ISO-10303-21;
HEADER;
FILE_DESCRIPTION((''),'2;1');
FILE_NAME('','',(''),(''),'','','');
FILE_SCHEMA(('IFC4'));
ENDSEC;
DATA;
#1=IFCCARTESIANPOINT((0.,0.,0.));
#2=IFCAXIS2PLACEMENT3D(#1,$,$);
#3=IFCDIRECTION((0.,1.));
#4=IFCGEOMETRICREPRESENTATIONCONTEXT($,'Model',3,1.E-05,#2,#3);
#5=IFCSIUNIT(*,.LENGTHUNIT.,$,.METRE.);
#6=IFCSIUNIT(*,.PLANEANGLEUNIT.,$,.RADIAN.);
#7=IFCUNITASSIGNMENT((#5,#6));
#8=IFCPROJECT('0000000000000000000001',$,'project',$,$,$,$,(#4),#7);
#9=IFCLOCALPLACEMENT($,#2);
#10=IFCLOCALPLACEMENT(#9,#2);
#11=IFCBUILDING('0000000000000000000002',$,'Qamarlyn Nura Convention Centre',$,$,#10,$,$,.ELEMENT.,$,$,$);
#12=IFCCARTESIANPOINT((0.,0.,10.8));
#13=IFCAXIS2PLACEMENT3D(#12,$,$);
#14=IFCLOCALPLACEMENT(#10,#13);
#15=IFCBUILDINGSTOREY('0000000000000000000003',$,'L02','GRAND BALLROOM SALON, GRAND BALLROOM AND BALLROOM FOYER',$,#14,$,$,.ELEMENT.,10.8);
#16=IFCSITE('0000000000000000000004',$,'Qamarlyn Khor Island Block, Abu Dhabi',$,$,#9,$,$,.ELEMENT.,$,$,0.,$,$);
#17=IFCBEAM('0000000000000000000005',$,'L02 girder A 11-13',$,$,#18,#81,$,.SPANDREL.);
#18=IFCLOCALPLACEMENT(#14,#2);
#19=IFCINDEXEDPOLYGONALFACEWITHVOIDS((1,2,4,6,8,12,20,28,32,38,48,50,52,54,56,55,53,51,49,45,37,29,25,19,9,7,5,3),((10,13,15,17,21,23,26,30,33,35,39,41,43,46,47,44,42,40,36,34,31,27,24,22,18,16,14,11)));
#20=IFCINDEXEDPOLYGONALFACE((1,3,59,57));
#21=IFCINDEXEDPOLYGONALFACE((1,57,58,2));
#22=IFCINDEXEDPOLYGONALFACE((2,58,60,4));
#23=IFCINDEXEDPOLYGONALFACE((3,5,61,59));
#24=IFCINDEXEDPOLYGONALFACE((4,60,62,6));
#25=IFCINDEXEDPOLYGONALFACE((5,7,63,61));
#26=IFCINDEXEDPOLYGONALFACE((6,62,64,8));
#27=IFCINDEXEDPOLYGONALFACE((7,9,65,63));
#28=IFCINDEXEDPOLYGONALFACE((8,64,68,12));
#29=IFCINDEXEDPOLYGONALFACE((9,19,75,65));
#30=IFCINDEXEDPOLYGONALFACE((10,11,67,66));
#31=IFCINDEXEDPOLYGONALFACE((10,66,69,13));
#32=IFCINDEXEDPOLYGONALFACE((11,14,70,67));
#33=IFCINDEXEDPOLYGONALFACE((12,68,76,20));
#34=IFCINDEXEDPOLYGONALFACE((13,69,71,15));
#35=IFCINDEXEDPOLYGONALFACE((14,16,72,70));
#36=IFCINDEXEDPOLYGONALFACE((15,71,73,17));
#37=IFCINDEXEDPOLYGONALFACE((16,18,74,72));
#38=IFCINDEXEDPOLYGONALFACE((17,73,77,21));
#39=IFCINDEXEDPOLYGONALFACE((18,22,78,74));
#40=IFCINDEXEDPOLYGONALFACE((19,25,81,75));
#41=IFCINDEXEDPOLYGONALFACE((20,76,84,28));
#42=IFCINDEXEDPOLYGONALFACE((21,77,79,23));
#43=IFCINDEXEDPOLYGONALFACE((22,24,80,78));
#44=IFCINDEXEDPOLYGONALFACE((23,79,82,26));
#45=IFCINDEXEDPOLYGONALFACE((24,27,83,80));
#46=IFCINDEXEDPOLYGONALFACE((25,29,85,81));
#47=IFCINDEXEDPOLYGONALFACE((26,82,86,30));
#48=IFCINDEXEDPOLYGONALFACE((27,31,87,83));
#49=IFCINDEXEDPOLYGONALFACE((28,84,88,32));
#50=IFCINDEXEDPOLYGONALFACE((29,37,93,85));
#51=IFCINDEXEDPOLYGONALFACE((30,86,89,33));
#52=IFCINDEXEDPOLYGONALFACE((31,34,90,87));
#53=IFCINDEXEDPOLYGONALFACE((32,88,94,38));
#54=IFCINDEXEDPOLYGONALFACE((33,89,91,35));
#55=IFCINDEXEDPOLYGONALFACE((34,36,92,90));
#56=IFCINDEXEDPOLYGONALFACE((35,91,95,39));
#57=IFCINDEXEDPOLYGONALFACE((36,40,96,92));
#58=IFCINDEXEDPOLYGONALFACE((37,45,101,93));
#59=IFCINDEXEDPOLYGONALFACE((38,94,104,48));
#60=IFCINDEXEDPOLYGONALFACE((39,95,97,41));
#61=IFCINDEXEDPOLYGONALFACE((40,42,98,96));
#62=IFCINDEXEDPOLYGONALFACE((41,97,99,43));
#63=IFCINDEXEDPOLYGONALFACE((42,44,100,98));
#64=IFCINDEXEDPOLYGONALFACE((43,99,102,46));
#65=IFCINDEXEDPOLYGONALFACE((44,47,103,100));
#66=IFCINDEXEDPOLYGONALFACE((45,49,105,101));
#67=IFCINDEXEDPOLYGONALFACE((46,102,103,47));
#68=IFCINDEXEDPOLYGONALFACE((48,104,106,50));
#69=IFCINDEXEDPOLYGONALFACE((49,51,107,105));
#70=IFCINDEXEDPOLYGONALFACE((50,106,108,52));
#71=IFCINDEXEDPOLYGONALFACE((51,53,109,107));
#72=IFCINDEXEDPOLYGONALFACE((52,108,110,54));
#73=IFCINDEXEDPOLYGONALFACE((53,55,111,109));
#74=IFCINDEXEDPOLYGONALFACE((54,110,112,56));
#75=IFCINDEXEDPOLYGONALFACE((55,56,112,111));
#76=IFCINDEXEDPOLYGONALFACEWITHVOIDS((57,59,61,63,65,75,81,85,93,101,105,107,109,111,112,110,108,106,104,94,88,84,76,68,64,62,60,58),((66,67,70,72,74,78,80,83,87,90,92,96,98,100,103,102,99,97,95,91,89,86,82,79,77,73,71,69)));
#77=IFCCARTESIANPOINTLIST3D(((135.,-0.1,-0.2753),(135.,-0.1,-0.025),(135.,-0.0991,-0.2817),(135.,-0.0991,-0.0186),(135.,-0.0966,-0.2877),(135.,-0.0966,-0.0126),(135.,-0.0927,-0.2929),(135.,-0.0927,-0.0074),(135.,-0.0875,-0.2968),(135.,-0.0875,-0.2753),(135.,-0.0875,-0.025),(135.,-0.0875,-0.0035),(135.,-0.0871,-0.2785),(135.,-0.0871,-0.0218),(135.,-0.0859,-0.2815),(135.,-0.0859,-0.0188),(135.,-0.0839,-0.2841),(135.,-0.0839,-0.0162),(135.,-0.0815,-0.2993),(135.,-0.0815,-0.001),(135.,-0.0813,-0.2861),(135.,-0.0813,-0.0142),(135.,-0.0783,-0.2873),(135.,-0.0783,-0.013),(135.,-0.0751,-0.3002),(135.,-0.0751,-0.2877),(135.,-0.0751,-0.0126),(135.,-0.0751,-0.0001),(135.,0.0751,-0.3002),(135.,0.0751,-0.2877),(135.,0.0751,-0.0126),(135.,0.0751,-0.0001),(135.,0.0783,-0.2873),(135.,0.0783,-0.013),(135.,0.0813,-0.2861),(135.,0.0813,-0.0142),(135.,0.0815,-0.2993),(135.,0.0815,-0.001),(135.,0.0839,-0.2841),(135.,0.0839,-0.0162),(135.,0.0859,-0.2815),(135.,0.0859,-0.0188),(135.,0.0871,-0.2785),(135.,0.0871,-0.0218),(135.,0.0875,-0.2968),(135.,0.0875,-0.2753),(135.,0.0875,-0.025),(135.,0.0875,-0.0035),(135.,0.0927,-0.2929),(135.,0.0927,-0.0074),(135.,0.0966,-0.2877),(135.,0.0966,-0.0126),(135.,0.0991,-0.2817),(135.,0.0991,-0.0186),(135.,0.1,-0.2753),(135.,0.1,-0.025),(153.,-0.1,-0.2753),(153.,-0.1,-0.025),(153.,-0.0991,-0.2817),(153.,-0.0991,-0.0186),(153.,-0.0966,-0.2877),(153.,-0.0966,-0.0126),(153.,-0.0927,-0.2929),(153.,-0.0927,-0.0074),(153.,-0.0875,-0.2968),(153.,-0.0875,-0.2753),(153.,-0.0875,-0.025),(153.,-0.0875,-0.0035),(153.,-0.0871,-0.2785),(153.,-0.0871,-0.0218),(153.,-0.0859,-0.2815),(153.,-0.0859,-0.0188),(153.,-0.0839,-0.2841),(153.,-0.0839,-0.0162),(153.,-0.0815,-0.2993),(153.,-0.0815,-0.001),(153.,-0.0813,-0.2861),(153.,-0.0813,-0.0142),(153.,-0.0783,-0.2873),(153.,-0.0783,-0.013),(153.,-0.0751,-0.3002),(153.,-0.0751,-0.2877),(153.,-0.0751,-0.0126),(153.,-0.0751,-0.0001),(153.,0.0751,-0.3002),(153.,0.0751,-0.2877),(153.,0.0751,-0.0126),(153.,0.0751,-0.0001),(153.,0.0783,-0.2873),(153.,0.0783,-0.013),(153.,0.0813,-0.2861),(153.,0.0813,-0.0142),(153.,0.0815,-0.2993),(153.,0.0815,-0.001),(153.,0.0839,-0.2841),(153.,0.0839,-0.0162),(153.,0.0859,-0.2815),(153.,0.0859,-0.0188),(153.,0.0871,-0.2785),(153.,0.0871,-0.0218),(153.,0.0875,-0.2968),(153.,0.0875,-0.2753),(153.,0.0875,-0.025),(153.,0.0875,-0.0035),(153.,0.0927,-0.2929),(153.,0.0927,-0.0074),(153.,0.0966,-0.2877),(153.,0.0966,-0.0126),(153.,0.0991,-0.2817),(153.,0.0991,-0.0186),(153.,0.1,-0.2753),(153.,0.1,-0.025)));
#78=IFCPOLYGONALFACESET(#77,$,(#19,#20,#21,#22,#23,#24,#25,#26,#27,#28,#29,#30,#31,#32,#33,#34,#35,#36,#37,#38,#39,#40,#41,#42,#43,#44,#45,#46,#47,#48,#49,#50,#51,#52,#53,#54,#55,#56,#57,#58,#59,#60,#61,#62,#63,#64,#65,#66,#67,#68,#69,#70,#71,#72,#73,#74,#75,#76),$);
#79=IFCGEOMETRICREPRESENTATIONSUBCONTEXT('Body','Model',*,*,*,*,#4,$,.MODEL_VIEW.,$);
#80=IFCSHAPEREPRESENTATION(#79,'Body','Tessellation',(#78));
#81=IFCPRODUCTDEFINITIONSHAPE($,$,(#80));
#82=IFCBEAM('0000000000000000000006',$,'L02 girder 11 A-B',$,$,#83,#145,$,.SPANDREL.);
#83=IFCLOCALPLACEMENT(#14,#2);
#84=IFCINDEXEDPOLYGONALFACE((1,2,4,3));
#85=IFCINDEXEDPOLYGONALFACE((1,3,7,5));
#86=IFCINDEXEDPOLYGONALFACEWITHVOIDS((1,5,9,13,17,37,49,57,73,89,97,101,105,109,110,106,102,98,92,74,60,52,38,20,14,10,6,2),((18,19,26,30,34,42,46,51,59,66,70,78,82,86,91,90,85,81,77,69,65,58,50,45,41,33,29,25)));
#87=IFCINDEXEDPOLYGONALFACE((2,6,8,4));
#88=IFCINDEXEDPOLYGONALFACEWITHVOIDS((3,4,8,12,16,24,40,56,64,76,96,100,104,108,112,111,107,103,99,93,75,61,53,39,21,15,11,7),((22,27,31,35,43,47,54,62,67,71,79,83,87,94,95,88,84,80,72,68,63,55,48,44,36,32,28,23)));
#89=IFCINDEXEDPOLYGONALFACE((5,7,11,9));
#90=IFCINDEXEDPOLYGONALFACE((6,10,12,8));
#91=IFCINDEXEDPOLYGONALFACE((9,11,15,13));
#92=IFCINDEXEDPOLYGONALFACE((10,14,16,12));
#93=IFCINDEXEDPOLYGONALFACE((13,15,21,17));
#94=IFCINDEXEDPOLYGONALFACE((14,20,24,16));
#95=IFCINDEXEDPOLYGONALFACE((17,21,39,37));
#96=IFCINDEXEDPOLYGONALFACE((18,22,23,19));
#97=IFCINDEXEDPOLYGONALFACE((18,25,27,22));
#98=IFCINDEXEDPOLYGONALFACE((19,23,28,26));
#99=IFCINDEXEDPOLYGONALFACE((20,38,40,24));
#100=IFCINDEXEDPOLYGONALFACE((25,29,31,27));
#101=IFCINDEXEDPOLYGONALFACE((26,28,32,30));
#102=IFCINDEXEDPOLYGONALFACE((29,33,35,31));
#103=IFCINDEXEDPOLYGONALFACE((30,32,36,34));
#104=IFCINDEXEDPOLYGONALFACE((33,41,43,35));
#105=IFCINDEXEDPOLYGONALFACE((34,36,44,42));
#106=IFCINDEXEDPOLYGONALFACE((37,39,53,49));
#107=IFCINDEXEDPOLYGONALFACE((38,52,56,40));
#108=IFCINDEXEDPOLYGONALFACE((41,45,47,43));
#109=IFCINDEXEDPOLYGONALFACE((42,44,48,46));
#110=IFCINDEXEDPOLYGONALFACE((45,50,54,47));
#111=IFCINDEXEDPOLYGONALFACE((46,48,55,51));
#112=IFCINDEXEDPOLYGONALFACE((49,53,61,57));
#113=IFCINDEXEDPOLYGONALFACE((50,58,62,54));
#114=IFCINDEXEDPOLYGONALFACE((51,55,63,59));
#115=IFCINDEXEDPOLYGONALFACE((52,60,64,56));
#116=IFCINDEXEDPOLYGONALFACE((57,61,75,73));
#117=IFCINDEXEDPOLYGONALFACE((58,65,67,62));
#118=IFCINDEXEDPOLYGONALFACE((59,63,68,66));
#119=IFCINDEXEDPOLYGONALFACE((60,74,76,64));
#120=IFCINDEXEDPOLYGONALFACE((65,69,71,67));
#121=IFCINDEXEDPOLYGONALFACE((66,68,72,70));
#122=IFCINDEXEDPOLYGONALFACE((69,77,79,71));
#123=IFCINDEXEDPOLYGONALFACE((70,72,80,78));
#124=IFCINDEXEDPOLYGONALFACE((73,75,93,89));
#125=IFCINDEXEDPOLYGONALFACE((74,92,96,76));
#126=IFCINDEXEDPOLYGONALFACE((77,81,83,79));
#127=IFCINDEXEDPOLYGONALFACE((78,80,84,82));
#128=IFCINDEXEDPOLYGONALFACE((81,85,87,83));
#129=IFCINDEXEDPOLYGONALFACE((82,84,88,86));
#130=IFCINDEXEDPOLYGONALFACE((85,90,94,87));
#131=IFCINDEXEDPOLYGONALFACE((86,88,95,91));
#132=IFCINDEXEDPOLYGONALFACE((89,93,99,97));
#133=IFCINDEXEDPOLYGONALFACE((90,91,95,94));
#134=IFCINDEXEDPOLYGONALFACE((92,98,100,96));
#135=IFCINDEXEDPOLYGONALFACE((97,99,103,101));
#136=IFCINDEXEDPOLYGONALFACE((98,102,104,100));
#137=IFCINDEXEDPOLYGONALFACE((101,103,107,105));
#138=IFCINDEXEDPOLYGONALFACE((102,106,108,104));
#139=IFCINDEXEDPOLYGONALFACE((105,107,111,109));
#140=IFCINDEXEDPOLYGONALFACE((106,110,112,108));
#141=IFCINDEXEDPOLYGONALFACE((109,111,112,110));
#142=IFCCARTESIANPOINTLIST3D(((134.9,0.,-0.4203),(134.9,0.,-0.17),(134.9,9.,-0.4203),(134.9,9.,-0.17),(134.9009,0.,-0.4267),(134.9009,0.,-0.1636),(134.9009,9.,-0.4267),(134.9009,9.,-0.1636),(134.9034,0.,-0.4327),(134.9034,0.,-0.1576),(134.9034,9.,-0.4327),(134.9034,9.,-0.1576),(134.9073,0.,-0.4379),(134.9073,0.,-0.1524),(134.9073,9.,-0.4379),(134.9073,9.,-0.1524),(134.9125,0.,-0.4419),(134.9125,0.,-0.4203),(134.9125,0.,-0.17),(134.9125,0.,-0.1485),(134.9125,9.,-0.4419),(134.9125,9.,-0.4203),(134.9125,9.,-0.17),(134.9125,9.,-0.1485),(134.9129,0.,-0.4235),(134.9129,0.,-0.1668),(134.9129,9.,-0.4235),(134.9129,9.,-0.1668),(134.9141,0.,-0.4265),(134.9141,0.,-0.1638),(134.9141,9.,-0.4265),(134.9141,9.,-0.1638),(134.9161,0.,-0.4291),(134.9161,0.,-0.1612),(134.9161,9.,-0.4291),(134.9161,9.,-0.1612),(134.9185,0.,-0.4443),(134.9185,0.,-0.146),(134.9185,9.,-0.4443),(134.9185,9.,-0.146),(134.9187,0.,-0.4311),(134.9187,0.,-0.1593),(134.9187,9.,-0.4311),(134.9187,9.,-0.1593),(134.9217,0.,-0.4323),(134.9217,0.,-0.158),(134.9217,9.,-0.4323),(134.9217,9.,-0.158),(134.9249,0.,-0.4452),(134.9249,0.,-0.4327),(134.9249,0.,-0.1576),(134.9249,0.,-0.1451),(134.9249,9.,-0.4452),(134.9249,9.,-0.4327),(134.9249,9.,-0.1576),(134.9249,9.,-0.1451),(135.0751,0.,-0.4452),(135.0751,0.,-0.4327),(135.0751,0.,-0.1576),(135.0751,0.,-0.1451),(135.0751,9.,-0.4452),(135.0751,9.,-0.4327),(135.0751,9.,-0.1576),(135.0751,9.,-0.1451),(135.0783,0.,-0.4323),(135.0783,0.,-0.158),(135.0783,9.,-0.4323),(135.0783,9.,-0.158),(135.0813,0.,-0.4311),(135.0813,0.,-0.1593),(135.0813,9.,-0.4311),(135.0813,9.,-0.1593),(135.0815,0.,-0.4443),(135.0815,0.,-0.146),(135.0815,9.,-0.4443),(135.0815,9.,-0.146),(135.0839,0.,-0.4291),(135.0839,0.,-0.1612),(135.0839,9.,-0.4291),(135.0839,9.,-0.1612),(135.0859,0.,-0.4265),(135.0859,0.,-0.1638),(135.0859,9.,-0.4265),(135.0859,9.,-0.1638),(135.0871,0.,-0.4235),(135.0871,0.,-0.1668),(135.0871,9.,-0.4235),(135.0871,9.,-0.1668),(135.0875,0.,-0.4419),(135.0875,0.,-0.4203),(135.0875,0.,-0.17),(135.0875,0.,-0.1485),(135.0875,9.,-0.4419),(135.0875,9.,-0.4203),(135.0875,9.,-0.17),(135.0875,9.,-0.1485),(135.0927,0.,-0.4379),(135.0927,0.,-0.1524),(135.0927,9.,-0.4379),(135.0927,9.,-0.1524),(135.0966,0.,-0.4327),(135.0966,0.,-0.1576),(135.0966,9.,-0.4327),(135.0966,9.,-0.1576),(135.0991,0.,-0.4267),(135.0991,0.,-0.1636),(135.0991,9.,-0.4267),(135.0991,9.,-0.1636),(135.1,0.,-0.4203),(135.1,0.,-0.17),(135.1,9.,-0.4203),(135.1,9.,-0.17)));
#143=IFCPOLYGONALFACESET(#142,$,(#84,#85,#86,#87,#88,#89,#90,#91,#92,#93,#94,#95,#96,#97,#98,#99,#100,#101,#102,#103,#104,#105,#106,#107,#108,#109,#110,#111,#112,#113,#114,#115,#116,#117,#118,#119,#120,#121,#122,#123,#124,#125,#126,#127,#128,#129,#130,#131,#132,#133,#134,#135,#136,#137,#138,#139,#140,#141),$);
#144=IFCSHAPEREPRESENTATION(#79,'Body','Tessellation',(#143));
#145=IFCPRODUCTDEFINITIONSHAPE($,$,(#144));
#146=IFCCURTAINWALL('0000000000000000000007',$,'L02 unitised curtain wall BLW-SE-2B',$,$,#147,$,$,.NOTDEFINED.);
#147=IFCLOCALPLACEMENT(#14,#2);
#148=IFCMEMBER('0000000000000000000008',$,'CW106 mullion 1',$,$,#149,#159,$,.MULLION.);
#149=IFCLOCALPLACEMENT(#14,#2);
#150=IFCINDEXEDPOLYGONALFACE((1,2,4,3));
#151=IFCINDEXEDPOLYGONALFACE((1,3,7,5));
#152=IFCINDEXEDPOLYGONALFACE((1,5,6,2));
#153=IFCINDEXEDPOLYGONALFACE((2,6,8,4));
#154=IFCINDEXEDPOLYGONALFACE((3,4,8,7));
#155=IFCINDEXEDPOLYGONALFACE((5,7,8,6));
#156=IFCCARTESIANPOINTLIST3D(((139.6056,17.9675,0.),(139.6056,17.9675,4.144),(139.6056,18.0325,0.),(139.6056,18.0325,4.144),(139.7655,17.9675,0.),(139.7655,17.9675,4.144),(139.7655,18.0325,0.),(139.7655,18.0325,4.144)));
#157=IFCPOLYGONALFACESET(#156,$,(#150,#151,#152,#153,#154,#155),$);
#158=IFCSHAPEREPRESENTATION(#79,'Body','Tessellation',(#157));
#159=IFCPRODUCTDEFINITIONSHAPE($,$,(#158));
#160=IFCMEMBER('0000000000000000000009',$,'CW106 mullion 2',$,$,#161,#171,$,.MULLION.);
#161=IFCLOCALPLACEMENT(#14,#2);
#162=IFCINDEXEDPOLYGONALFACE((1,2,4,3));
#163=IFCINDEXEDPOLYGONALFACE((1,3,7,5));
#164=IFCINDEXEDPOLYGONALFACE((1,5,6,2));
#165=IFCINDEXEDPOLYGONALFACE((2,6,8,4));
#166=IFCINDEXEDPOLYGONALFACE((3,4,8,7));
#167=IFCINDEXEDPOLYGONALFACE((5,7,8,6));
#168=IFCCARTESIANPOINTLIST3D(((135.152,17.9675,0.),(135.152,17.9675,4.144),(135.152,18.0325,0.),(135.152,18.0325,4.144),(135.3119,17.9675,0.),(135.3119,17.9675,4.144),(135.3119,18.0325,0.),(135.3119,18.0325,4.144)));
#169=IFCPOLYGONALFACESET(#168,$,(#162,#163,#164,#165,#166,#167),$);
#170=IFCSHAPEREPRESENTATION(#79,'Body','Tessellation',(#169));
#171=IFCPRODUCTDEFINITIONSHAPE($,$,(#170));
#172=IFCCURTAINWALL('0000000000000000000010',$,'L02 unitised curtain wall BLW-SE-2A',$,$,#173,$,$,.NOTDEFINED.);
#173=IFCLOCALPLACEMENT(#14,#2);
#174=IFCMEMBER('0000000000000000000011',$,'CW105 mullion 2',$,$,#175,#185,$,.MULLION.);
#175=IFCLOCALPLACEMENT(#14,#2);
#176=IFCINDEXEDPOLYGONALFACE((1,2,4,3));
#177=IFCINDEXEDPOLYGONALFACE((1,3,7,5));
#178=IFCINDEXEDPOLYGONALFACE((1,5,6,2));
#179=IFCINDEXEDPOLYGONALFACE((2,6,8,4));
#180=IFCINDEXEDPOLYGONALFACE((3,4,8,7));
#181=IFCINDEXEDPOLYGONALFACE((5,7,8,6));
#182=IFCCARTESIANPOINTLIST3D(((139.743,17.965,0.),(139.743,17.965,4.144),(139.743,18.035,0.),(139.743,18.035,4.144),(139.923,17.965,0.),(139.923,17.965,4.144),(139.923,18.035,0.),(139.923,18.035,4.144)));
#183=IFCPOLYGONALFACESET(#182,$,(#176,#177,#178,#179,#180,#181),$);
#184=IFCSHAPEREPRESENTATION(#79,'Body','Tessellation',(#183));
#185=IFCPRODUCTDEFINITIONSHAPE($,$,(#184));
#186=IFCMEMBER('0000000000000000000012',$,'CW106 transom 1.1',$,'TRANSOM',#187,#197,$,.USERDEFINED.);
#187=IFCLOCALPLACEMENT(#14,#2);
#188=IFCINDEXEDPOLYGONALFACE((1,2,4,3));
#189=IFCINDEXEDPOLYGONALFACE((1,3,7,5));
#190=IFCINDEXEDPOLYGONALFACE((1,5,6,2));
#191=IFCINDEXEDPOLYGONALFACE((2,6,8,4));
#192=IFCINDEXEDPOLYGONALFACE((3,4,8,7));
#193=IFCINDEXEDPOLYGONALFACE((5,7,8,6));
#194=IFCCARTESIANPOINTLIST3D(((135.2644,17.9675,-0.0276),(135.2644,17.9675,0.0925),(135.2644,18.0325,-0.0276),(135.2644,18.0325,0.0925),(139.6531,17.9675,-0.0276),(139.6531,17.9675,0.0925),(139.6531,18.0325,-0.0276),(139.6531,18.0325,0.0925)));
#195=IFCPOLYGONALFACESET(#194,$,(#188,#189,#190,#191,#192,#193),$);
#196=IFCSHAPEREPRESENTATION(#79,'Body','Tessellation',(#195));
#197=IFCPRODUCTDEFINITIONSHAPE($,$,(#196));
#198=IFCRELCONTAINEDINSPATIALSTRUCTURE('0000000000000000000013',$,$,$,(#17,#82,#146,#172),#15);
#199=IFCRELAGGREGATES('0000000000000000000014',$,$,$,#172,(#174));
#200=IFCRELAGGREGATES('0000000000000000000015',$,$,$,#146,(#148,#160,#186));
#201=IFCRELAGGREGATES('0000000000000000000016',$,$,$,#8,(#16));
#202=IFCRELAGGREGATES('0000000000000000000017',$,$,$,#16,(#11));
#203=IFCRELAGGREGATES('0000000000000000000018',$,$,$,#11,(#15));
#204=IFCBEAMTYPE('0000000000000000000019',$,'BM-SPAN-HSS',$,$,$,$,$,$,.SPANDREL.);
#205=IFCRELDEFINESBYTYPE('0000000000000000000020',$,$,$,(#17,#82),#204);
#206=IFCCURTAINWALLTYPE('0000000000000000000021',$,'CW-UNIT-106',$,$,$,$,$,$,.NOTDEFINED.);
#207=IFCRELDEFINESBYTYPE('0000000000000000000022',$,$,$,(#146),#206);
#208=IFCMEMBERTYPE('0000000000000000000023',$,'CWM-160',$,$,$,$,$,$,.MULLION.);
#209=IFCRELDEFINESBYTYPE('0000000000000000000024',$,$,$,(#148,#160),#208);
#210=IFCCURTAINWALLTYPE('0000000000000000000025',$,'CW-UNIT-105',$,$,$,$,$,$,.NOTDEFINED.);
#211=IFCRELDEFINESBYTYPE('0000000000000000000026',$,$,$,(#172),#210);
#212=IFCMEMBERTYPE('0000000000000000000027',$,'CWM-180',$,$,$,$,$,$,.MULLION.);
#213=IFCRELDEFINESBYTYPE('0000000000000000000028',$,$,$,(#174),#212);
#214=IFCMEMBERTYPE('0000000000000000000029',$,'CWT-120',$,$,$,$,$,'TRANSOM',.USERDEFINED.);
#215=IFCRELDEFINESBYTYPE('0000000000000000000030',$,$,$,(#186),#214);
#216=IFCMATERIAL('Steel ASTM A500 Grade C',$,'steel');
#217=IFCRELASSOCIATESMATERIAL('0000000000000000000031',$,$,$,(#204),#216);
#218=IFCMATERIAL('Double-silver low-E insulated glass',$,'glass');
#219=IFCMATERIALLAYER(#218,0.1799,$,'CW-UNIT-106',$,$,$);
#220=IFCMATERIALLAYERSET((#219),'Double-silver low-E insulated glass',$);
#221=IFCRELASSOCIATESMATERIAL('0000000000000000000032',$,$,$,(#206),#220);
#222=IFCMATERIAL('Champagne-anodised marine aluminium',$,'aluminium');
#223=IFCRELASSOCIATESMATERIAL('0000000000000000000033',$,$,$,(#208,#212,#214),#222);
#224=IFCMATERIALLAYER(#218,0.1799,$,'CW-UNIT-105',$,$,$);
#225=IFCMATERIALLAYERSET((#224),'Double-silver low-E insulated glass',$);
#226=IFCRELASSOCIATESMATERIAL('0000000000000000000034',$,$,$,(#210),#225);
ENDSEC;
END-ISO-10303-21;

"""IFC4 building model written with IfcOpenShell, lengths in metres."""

from ifc_helpers import new_model, si_unit, direction, frame, origin, origin_2d, place, context, subcontext, project, spatial, rectangle, hollow_rectangle, extrude, material, layer, layer_set, material_profile, profile_set, type_object, element, aggregate, save


model = new_model("IFC4")

# Units and contexts
model_context = context("Model", 3, precision=1e-05, world=origin(), true_north=direction((0.0, 1.0)))
body_context = subcontext(model_context, "Body", "Model", "MODEL_VIEW")
ifc_project = project(units=[si_unit("LENGTHUNIT", "METRE"), si_unit("PLANEANGLEUNIT", "RADIAN")], contexts=[model_context])

# Site, building, storey
site_placement = place(None, origin())
site = spatial("IfcSite", under=ifc_project, at=site_placement, Name="Qamarlyn Khor Island Block, Abu Dhabi", CompositionType="ELEMENT", RefElevation=0.0)
building_placement = place(site_placement, origin())
building = spatial("IfcBuilding", under=site, at=building_placement, Name="Qamarlyn Nura Convention Centre", CompositionType="ELEMENT")
storey_placement = place(building_placement, frame((0.0, 0.0, 10.8)))
storey = spatial("IfcBuildingStorey", under=building, at=storey_placement, Name="L02", Description="GRAND BALLROOM SALON, GRAND BALLROOM AND BALLROOM FOYER", CompositionType="ELEMENT", Elevation=10.8)

# Beams
ifc_material_1 = material(Name="Steel ASTM A500 Grade C", Category="steel")
ifc_material_profile_1 = material_profile(ifc_material_1, hollow_rectangle(XDim=0.2, YDim=0.3, WallThickness=0.0125, InnerFilletRadius=0.0125, OuterFilletRadius=0.0249, at=origin_2d()), Name="HSS300X200X12.5")
ifc_profile_set_1 = profile_set([ifc_material_profile_1], Name="Steel ASTM A500 Grade C")
beam_type_1 = type_object("IfcBeamType", Name="BM-SPAN-HSS", PredefinedType="SPANDREL", material=ifc_profile_set_1)
beam_1_placement = place(storey_placement, frame((135.0, 0.0, -0.1501), z_axis=(1.0, 0.0, 0.0), x_axis=(0.0, 1.0, 0.0)))
element("IfcBeam", 1, at=beam_1_placement, inside=storey, type_object=beam_type_1, Name="L02 girder A 11-13", PredefinedType="SPANDREL", context=body_context, shape_type="SweptSolid", body=[
    extrude(hollow_rectangle(XDim=0.2, YDim=0.3, WallThickness=0.0125, InnerFilletRadius=0.0125, OuterFilletRadius=0.0249, at=origin_2d()), origin(), (0.0, 0.0, 1.0), 18.0),
])
beam_2_placement = place(storey_placement, frame((135.0, 0.0, -0.2952), z_axis=(0.0, 1.0, 0.0), x_axis=(-1.0, 0.0, 0.0)))
element("IfcBeam", 2, at=beam_2_placement, inside=storey, type_object=beam_type_1, Name="L02 girder 11 A-B", PredefinedType="SPANDREL", context=body_context, shape_type="SweptSolid", body=[
    extrude(hollow_rectangle(XDim=0.2, YDim=0.3, WallThickness=0.0125, InnerFilletRadius=0.0125, OuterFilletRadius=0.0249, at=origin_2d()), origin(), (0.0, 0.0, 1.0), 9.0),
])

# Curtain wall, members
ifc_material_2 = material(Name="Double-silver low-E insulated glass", Category="glass")
ifc_layer_1 = layer(ifc_material_2, 0.1799, Name="CW-UNIT-106")
ifc_layer_set_1 = layer_set([ifc_layer_1], Name="Double-silver low-E insulated glass")
curtain_wall_type_1 = type_object("IfcCurtainWallType", Name="CW-UNIT-106", PredefinedType="NOTDEFINED", material=ifc_layer_set_1)
curtain_wall_1_placement = place(storey_placement, origin())
curtain_wall_1 = element("IfcCurtainWall", 3, at=curtain_wall_1_placement, inside=storey, type_object=curtain_wall_type_1, Name="L02 unitised curtain wall BLW-SE-2B", PredefinedType="NOTDEFINED")
ifc_material_3 = material(Name="Champagne-anodised marine aluminium", Category="aluminium")
ifc_material_profile_2 = material_profile(ifc_material_3, rectangle(XDim=0.0649, YDim=0.1599, at=origin_2d()), Name="ALU MULLION 65x160")
ifc_profile_set_2 = profile_set([ifc_material_profile_2], Name="Champagne-anodised marine aluminium")
member_type_1 = type_object("IfcMemberType", Name="CWM-160", PredefinedType="MULLION", material=ifc_profile_set_2)
member_1_placement = place(storey_placement, frame((139.6855, 18.0, 0.0), z_axis=(0.0, 0.0, 1.0), x_axis=(0.0, -1.0, 0.0)))
member_1 = element("IfcMember", 4, at=member_1_placement, type_object=member_type_1, Name="CW106 mullion 1", PredefinedType="MULLION", context=body_context, shape_type="SweptSolid", body=[
    extrude(rectangle(XDim=0.0649, YDim=0.1599, at=origin_2d()), origin(), (0.0, 0.0, 1.0), 4.144),
])
member_2_placement = place(storey_placement, frame((135.2319, 18.0, 0.0), z_axis=(0.0, 0.0, 1.0), x_axis=(0.0, -1.0, 0.0)))
member_2 = element("IfcMember", 5, at=member_2_placement, type_object=member_type_1, Name="CW106 mullion 2", PredefinedType="MULLION", context=body_context, shape_type="SweptSolid", body=[
    extrude(rectangle(XDim=0.0649, YDim=0.1599, at=origin_2d()), origin(), (0.0, 0.0, 1.0), 4.144),
])

# Curtain wall, member
ifc_layer_2 = layer(ifc_material_2, 0.1799, Name="CW-UNIT-105")
ifc_layer_set_2 = layer_set([ifc_layer_2], Name="Double-silver low-E insulated glass")
curtain_wall_type_2 = type_object("IfcCurtainWallType", Name="CW-UNIT-105", PredefinedType="NOTDEFINED", material=ifc_layer_set_2)
curtain_wall_2_placement = place(storey_placement, origin())
curtain_wall_2 = element("IfcCurtainWall", 6, at=curtain_wall_2_placement, inside=storey, type_object=curtain_wall_type_2, Name="L02 unitised curtain wall BLW-SE-2A", PredefinedType="NOTDEFINED")
ifc_material_profile_3 = material_profile(ifc_material_3, rectangle(XDim=0.0701, YDim=0.1799, at=origin_2d()), Name="ALU MULLION 70x180")
ifc_profile_set_3 = profile_set([ifc_material_profile_3], Name="Champagne-anodised marine aluminium")
member_type_2 = type_object("IfcMemberType", Name="CWM-180", PredefinedType="MULLION", material=ifc_profile_set_3)
member_3_placement = place(storey_placement, frame((139.833, 18.0, 0.0), z_axis=(0.0, 0.0, 1.0), x_axis=(0.0, -1.0, 0.0)))
member_3 = element("IfcMember", 7, at=member_3_placement, type_object=member_type_2, Name="CW105 mullion 2", PredefinedType="MULLION", context=body_context, shape_type="SweptSolid", body=[
    extrude(rectangle(XDim=0.0701, YDim=0.1799, at=origin_2d()), origin(), (0.0, 0.0, 1.0), 4.144),
])

# Member
ifc_material_profile_4 = material_profile(ifc_material_3, rectangle(XDim=0.0649, YDim=0.1201, at=origin_2d()), Name="ALU TRANSOM 65x120")
ifc_profile_set_4 = profile_set([ifc_material_profile_4], Name="Champagne-anodised marine aluminium")
member_type_3 = type_object("IfcMemberType", Name="CWT-120", ElementType="TRANSOM", PredefinedType="USERDEFINED", material=ifc_profile_set_4)
member_4_placement = place(storey_placement, frame((139.6531, 18.0, 0.0325), z_axis=(-1.0, 0.0, 0.0), x_axis=(0.0, -1.0, 0.0)))
member_4 = element("IfcMember", 8, at=member_4_placement, type_object=member_type_3, Name="CW106 transom 1.1", ObjectType="TRANSOM", PredefinedType="USERDEFINED", context=body_context, shape_type="SweptSolid", body=[
    extrude(rectangle(XDim=0.0649, YDim=0.1201, at=origin_2d()), origin(), (0.0, 0.0, 1.0), 4.3887),
])

aggregate(curtain_wall_2, [member_3])
aggregate(curtain_wall_1, [member_1, member_2, member_4])

save(model, "model.ifc")
